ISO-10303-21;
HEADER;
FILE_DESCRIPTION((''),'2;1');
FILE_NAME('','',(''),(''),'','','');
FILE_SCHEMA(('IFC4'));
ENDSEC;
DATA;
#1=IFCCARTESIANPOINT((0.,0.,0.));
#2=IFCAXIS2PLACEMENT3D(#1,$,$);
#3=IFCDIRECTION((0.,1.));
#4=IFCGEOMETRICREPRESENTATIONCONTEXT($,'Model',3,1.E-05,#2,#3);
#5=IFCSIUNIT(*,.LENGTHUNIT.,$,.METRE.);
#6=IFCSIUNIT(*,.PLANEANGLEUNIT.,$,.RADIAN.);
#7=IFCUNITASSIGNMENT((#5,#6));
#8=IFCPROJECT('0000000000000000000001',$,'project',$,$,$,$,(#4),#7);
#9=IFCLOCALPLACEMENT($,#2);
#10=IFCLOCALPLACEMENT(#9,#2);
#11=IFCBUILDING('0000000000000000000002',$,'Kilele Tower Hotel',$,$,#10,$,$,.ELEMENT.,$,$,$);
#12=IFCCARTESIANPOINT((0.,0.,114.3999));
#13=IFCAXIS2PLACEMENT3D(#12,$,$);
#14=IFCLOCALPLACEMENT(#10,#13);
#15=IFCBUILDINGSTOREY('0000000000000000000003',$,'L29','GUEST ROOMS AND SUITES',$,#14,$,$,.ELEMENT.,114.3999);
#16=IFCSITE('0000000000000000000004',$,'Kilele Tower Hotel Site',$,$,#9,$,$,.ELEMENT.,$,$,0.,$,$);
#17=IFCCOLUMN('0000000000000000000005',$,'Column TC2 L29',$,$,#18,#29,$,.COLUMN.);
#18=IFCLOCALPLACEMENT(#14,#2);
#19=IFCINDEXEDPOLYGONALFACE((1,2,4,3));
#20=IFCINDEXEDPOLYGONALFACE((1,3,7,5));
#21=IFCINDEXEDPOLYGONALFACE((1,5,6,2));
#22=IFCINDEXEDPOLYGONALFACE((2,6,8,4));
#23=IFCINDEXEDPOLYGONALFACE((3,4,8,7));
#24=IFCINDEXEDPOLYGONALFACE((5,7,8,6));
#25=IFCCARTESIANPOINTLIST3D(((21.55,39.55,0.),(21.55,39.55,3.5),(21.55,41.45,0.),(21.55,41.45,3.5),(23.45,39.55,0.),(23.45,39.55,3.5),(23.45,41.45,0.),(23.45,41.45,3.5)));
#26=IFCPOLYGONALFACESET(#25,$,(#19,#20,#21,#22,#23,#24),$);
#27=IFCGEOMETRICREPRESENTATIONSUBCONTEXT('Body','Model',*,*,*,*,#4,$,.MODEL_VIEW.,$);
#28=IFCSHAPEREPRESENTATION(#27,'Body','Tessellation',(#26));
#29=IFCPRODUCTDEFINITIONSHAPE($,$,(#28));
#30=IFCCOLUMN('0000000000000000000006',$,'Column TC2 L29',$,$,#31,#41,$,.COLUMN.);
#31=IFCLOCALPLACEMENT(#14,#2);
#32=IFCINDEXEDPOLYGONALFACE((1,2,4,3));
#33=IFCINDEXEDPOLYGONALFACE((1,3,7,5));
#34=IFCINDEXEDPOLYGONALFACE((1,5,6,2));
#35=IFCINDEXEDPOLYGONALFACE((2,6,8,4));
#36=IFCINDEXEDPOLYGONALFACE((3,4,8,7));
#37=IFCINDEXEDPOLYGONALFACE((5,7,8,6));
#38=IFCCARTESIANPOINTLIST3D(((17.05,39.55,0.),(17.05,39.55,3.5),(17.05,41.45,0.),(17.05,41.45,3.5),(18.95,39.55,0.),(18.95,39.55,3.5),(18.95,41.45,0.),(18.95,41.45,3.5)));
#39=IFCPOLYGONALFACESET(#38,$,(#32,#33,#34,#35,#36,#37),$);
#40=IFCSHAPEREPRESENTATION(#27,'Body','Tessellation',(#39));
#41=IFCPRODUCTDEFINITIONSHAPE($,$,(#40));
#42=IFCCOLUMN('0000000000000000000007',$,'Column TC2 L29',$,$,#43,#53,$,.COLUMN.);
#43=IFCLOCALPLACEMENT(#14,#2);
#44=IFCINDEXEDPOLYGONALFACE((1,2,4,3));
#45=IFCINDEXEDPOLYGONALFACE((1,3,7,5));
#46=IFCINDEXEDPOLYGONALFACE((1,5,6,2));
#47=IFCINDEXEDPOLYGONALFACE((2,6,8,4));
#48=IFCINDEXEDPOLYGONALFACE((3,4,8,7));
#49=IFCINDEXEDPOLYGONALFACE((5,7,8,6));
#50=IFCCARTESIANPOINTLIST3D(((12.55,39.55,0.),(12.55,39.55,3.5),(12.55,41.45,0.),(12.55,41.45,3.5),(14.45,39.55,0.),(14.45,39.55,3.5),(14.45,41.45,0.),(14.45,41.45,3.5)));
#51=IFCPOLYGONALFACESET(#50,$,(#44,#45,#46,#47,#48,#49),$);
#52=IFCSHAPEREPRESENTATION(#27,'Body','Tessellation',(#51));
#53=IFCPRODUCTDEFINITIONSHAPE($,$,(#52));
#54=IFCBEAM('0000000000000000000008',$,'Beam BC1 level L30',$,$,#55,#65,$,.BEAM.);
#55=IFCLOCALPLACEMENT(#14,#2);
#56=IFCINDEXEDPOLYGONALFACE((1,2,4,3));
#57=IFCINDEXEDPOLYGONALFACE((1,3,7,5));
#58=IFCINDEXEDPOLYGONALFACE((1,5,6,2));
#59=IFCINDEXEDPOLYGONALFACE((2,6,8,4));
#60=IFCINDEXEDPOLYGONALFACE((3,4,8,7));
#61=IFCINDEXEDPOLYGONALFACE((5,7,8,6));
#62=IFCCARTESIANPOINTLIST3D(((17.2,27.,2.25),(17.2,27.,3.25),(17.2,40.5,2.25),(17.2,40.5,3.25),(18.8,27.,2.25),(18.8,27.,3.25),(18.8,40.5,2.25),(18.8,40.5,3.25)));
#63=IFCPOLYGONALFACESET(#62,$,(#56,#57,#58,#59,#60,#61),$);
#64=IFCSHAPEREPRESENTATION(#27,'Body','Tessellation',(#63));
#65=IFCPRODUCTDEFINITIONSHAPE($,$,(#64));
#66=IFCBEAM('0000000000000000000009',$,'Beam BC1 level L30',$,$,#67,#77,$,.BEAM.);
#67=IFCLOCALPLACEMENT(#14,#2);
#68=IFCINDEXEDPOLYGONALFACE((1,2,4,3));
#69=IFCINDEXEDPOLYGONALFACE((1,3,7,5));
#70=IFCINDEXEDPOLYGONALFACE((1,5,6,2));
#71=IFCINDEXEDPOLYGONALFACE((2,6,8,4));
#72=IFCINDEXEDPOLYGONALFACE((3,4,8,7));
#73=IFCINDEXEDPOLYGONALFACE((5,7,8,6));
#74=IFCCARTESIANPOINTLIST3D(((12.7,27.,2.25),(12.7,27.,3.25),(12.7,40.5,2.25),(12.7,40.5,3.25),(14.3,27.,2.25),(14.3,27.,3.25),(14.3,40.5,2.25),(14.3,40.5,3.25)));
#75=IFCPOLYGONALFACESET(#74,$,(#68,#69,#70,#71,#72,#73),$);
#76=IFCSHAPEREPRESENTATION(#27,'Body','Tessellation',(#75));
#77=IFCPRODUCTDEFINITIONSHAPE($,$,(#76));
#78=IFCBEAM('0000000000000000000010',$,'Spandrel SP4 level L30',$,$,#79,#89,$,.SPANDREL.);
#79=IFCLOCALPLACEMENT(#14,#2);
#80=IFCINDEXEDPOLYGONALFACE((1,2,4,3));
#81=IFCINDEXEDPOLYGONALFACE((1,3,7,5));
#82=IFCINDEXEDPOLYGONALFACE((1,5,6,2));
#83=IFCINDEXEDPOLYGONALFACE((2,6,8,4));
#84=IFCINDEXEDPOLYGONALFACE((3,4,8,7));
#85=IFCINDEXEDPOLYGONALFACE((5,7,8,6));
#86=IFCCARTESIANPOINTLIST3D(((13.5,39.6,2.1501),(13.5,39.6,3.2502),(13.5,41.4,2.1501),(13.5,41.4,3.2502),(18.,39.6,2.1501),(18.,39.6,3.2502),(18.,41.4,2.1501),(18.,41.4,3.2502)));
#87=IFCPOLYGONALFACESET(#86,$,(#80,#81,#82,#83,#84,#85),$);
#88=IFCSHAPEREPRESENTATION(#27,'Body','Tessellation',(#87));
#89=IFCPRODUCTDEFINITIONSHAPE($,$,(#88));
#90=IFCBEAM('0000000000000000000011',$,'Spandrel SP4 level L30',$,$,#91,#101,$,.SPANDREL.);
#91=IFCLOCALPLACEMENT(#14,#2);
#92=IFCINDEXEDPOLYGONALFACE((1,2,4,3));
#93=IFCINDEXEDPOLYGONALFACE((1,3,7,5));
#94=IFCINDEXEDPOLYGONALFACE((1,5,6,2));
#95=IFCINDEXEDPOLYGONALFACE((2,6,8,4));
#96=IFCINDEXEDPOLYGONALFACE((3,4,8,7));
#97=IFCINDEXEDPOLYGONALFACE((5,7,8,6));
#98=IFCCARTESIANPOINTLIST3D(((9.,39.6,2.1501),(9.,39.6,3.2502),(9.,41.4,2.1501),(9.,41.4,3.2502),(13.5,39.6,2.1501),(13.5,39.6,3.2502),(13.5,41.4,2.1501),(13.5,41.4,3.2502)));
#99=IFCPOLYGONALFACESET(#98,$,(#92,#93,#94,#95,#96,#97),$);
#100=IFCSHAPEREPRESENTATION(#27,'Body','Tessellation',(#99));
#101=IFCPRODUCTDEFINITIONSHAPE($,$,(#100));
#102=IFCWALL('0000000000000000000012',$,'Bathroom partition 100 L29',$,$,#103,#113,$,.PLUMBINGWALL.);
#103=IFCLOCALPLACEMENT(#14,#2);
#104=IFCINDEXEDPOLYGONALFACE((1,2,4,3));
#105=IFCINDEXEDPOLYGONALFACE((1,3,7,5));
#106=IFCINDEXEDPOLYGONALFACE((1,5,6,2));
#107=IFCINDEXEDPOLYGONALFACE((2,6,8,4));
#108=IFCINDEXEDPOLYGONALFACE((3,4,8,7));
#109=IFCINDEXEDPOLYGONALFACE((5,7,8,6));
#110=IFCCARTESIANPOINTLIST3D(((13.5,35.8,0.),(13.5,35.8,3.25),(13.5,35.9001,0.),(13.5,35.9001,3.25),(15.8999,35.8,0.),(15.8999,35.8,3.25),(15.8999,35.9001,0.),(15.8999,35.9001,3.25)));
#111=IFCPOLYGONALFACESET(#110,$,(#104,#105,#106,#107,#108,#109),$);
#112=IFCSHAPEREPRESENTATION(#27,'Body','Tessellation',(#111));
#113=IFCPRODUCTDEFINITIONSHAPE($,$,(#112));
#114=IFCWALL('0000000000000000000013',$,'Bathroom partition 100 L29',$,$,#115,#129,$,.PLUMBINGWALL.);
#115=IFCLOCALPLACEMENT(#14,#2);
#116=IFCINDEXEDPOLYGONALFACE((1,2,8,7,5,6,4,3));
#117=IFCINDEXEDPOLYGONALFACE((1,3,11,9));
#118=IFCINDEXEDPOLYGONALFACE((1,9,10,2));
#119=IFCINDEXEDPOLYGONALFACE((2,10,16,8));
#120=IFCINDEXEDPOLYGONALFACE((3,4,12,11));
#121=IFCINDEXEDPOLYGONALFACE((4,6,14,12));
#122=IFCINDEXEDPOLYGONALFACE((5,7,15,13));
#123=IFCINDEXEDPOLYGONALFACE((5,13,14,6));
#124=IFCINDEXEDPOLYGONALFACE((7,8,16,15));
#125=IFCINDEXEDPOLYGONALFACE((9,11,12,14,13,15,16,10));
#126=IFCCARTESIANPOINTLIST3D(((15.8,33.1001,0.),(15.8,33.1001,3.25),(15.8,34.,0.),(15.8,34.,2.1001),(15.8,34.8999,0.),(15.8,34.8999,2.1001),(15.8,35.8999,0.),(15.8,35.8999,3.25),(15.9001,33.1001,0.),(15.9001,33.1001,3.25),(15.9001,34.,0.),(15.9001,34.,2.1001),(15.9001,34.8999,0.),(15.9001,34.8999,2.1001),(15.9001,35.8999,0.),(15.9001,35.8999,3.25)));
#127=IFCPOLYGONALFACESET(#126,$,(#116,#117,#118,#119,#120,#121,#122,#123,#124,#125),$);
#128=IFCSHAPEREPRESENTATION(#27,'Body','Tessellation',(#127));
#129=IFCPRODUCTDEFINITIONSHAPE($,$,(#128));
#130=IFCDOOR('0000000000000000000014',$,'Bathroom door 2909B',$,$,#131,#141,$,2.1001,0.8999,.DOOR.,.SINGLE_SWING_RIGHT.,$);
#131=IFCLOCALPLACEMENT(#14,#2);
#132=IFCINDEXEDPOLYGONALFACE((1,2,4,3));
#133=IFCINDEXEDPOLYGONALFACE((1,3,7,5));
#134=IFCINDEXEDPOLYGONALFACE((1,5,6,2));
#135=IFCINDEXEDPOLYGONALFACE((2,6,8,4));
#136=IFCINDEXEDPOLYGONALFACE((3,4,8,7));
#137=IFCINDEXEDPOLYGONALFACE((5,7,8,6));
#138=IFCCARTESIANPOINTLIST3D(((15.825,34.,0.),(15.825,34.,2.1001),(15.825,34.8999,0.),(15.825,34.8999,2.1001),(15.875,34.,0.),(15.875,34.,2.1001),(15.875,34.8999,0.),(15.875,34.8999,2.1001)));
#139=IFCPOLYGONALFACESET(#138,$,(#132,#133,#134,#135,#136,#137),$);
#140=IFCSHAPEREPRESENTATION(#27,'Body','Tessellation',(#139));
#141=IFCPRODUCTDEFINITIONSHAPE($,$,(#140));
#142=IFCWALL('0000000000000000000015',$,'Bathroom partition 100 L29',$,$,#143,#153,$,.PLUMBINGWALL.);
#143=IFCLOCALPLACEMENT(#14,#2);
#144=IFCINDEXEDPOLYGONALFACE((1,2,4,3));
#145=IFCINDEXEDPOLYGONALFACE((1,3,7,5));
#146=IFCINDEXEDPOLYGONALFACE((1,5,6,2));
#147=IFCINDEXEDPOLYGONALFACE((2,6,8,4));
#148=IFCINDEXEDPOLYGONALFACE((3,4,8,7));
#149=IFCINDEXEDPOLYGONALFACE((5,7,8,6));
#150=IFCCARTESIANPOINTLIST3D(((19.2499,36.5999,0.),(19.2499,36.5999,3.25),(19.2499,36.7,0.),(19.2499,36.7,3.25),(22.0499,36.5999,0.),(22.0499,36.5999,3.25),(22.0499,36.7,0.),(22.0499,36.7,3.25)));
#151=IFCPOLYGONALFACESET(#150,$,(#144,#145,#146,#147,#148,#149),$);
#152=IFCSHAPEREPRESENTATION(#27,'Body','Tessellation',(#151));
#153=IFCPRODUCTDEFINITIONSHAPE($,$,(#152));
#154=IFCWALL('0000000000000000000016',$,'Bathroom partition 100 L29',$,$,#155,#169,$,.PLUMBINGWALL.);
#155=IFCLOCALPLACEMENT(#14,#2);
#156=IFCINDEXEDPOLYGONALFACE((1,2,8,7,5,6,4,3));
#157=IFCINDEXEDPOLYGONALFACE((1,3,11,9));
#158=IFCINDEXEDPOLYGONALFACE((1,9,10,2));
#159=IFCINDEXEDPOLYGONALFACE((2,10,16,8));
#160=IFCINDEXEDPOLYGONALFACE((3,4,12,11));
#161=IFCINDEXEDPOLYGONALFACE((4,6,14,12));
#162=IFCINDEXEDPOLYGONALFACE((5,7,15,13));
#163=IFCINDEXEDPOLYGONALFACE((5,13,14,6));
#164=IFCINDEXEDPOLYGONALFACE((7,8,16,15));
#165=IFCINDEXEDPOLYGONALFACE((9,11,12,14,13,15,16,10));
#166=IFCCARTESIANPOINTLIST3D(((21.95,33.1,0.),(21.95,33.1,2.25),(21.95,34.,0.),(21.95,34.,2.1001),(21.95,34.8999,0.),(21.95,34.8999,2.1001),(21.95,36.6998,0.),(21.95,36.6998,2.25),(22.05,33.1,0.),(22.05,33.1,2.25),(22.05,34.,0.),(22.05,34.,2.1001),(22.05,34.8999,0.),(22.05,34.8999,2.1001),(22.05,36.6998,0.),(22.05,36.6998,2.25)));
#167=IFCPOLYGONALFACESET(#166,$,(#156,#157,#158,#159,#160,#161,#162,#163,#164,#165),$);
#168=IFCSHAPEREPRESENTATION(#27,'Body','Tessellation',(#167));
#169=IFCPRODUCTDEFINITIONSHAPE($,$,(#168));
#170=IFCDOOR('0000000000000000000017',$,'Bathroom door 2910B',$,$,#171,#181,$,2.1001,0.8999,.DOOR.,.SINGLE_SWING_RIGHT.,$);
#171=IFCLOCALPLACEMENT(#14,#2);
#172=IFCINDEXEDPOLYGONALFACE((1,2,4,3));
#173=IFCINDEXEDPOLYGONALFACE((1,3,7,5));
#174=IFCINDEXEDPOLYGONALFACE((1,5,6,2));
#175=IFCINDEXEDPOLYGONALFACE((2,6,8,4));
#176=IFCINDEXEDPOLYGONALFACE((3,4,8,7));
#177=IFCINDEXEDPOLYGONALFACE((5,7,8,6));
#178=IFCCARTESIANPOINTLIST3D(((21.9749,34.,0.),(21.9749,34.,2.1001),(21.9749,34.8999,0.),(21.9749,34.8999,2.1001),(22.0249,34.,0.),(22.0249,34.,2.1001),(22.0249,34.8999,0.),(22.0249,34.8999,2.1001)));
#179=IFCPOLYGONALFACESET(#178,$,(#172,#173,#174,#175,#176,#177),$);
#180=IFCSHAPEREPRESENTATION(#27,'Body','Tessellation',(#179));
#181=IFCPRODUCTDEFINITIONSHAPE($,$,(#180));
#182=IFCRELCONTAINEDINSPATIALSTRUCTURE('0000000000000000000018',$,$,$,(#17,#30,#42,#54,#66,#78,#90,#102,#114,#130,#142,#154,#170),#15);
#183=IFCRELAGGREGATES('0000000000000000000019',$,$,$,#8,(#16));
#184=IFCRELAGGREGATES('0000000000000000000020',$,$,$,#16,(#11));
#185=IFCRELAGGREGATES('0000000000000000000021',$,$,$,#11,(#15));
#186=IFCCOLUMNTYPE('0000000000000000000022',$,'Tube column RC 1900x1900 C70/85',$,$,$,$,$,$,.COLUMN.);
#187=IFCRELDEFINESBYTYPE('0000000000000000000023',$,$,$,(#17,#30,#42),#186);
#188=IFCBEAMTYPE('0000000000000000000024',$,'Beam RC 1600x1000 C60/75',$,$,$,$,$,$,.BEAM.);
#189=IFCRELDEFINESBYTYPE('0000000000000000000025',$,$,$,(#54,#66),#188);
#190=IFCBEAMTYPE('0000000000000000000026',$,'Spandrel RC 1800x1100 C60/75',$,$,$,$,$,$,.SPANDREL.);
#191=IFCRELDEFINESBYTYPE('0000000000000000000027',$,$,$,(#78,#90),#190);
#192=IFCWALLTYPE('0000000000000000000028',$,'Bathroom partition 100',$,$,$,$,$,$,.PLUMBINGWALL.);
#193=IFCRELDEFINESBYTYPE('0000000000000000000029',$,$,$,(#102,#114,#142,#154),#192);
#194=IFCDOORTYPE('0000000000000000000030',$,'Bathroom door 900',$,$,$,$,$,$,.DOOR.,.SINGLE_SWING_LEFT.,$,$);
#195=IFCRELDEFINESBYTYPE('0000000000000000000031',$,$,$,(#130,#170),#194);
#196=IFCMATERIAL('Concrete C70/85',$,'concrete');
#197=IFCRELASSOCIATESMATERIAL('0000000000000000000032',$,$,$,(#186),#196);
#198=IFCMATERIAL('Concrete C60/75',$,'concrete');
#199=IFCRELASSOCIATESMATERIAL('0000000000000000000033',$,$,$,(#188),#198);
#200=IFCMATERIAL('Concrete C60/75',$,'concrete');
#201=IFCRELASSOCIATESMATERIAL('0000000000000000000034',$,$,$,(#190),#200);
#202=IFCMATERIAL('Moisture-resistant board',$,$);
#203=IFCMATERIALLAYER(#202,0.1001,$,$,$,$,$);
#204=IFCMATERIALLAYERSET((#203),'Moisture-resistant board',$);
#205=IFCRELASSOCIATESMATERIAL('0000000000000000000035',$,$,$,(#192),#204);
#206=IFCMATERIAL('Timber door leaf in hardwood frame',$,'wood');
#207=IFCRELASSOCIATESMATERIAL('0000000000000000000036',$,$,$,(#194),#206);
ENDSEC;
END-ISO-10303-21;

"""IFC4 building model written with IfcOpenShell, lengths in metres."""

from ifc_helpers import new_model, si_unit, direction, frame, frame_2d, origin, origin_2d, place, context, subcontext, project, spatial, rectangle, extrude, material, layer, layer_set, material_profile, profile_set, type_object, element, fill, save


model = new_model("IFC4")

# Units and contexts
model_context = context("Model", 3, precision=1e-05, world=origin(), true_north=direction((0.0, 1.0)))
body_context = subcontext(model_context, "Body", "Model", "MODEL_VIEW")
ifc_project = project(units=[si_unit("LENGTHUNIT", "METRE"), si_unit("PLANEANGLEUNIT", "RADIAN")], contexts=[model_context])

# Site, building, storey
site_placement = place(None, origin())
site = spatial("IfcSite", under=ifc_project, at=site_placement, Name="Kilele Tower Hotel Site", CompositionType="ELEMENT", RefElevation=0.0)
building_placement = place(site_placement, origin())
building = spatial("IfcBuilding", under=site, at=building_placement, Name="Kilele Tower Hotel", CompositionType="ELEMENT")
storey_placement = place(building_placement, frame((0.0, 0.0, 114.3999)))
storey = spatial("IfcBuildingStorey", under=building, at=storey_placement, Name="L29", Description="GUEST ROOMS AND SUITES", CompositionType="ELEMENT", Elevation=114.3999)

# Columns
ifc_material_1 = material(Name="Concrete C70/85", Category="concrete")
ifc_material_profile_1 = material_profile(ifc_material_1, rectangle(XDim=1.8999, YDim=1.8999, at=origin_2d()))
ifc_profile_set_1 = profile_set([ifc_material_profile_1], Name="Concrete C70/85")
column_type = type_object("IfcColumnType", Name="Tube column RC 1900x1900 C70/85", PredefinedType="COLUMN", material=ifc_profile_set_1)
for number, where, z_axis, x_axis, name in (
    (1, (22.5, 40.5, 0.0), (0.0, 0.0, 1.0), (1.0, 0.0, 0.0), "Column TC2 L29"),
    (2, (18.0, 40.5, 0.0), (0.0, 0.0, 1.0), (1.0, 0.0, 0.0), "Column TC2 L29"),
    (3, (13.5, 40.5, 0.0), (0.0, 0.0, 1.0), (1.0, 0.0, 0.0), "Column TC2 L29"),
):
    element("IfcColumn", number, at=place(storey_placement, frame(where, z_axis=z_axis, x_axis=x_axis)), inside=storey, type_object=column_type, Name=name, PredefinedType="COLUMN", context=body_context, shape_type="SweptSolid", body=[
        extrude(rectangle(XDim=1.8999, YDim=1.8999, at=origin_2d()), origin(), (0.0, 0.0, 1.0), 3.5),
    ])

# Beams
ifc_material_2 = material(Name="Concrete C60/75", Category="concrete")
ifc_material_profile_2 = material_profile(ifc_material_2, rectangle(XDim=1.6001, YDim=1.0, at=origin_2d()))
ifc_profile_set_2 = profile_set([ifc_material_profile_2], Name="Concrete C60/75")
beam_type_1 = type_object("IfcBeamType", Name="Beam RC 1600x1000 C60/75", PredefinedType="BEAM", material=ifc_profile_set_2)
for number, where, z_axis, x_axis, name in (
    (4, (18.0, 40.5, 2.75), (0.0, -1.0, 0.0), (1.0, 0.0, 0.0), "Beam BC1 level L30"),
    (5, (13.5, 40.5, 2.75), (0.0, -1.0, 0.0), (1.0, 0.0, 0.0), "Beam BC1 level L30"),
):
    element("IfcBeam", number, at=place(storey_placement, frame(where, z_axis=z_axis, x_axis=x_axis)), inside=storey, type_object=beam_type_1, Name=name, PredefinedType="BEAM", context=body_context, shape_type="SweptSolid", body=[
        extrude(rectangle(XDim=1.6001, YDim=1.0, at=origin_2d()), origin(), (0.0, 0.0, 1.0), 13.5),
    ])
ifc_material_3 = material(Name="Concrete C60/75", Category="concrete")
ifc_material_profile_3 = material_profile(ifc_material_3, rectangle(XDim=1.8, YDim=1.1001, at=origin_2d()))
ifc_profile_set_3 = profile_set([ifc_material_profile_3], Name="Concrete C60/75")
beam_type_2 = type_object("IfcBeamType", Name="Spandrel RC 1800x1100 C60/75", PredefinedType="SPANDREL", material=ifc_profile_set_3)
for number, where, z_axis, x_axis, name in (
    (6, (18.0, 40.5, 2.7002), (-1.0, 0.0, 0.0), (0.0, -1.0, 0.0), "Spandrel SP4 level L30"),
    (7, (13.5, 40.5, 2.7002), (-1.0, 0.0, 0.0), (0.0, -1.0, 0.0), "Spandrel SP4 level L30"),
):
    element("IfcBeam", number, at=place(storey_placement, frame(where, z_axis=z_axis, x_axis=x_axis)), inside=storey, type_object=beam_type_2, Name=name, PredefinedType="SPANDREL", context=body_context, shape_type="SweptSolid", body=[
        extrude(rectangle(XDim=1.8, YDim=1.1001, at=origin_2d()), origin(), (0.0, 0.0, 1.0), 4.5),
    ])

# Wall
ifc_material_4 = material(Name="Moisture-resistant board")
ifc_layer_1 = layer(ifc_material_4, 0.1001)
ifc_layer_set_1 = layer_set([ifc_layer_1], Name="Moisture-resistant board")
wall_type_1 = type_object("IfcWallType", Name="Bathroom partition 100", PredefinedType="PLUMBINGWALL", material=ifc_layer_set_1)
wall_1_placement = place(storey_placement, frame((13.5, 35.8501, 0.0), z_axis=(0.0, 0.0, 1.0), x_axis=(1.0, 0.0, 0.0)))
element("IfcWall", 8, at=wall_1_placement, inside=storey, type_object=wall_type_1, Name="Bathroom partition 100 L29", PredefinedType="PLUMBINGWALL", context=body_context, shape_type="SweptSolid", body=[
    extrude(rectangle(XDim=2.3999, YDim=0.1001, at=frame_2d((1.2, 0.0))), origin(), (0.0, 0.0, 1.0), 3.25),
])

# Wall, opening, door
wall_2_placement = place(storey_placement, frame((15.8501, 33.1001, 0.0), z_axis=(0.0, 0.0, 1.0), x_axis=(0.0, 1.0, 0.0)))
wall_2 = element("IfcWall", 9, at=wall_2_placement, inside=storey, type_object=wall_type_1, Name="Bathroom partition 100 L29", PredefinedType="PLUMBINGWALL", context=body_context, shape_type="SweptSolid", body=[
    extrude(rectangle(XDim=2.7998, YDim=0.1001, at=frame_2d((1.3999, 0.0))), origin(), (0.0, 0.0, 1.0), 3.25),
])
opening_1_placement = place(wall_2_placement, frame((1.7998, 0.0, 0.0), z_axis=(0.0, 0.0, 1.0), x_axis=(-1.0, 0.0, 0.0)))
opening_1 = element("IfcOpeningElement", 10, at=opening_1_placement, cuts=wall_2, PredefinedType="OPENING", context=body_context, shape_type="SweptSolid", body=[
    extrude(rectangle(XDim=0.8999, YDim=2.1001, at=frame_2d((0.45, 1.05))), frame((0.0, 0.0601, 0.0), z_axis=(0.0, -1.0, 0.0), x_axis=(1.0, 0.0, 0.0)), (0.0, 0.0, 1.0), 0.1201),
])
ifc_material_5 = material(Name="Timber door leaf in hardwood frame", Category="wood")
door_type_1 = type_object("IfcDoorType", Name="Bathroom door 900", OperationType="SINGLE_SWING_LEFT", PredefinedType="DOOR", material=ifc_material_5)
door_1_placement = place(opening_1_placement, origin())
door_1 = element("IfcDoor", 11, at=door_1_placement, inside=storey, type_object=door_type_1, Name="Bathroom door 2909B", OperationType="SINGLE_SWING_RIGHT", OverallHeight=2.1001, OverallWidth=0.8999, PredefinedType="DOOR", context=body_context, shape_type="SweptSolid", body=[
    extrude(rectangle(XDim=0.8999, YDim=2.1001, at=frame_2d((0.45, 1.05))), frame((0.0, 0.0249, 0.0), z_axis=(0.0, -1.0, 0.0), x_axis=(1.0, 0.0, 0.0)), (0.0, 0.0, 1.0), 0.05),
])
fill(opening_1, door_1)

# Wall
wall_3_placement = place(storey_placement, frame((19.25, 36.6499, 0.0), z_axis=(0.0, 0.0, 1.0), x_axis=(1.0, 0.0, 0.0)))
element("IfcWall", 12, at=wall_3_placement, inside=storey, type_object=wall_type_1, Name="Bathroom partition 100 L29", PredefinedType="PLUMBINGWALL", context=body_context, shape_type="SweptSolid", body=[
    extrude(rectangle(XDim=2.8, YDim=0.1001, at=frame_2d((1.3999, 0.0))), origin(), (0.0, 0.0, 1.0), 3.25),
])

# Wall, opening, door
wall_4_placement = place(storey_placement, frame((22.0, 33.1001, 0.0), z_axis=(0.0, 0.0, 1.0), x_axis=(0.0, 1.0, 0.0)))
wall_4 = element("IfcWall", 13, at=wall_4_placement, inside=storey, type_object=wall_type_1, Name="Bathroom partition 100 L29", PredefinedType="PLUMBINGWALL", context=body_context, shape_type="SweptSolid", body=[
    extrude(rectangle(XDim=3.5999, YDim=0.1001, at=frame_2d((1.7998, 0.0))), origin(), (0.0, 0.0, 1.0), 2.25),
])
opening_2_placement = place(wall_4_placement, frame((1.7998, 0.0, 0.0), z_axis=(0.0, 0.0, 1.0), x_axis=(-1.0, 0.0, 0.0)))
opening_2 = element("IfcOpeningElement", 14, at=opening_2_placement, cuts=wall_4, PredefinedType="OPENING", context=body_context, shape_type="SweptSolid", body=[
    extrude(rectangle(XDim=0.8999, YDim=2.1001, at=frame_2d((0.45, 1.05))), frame((0.0, 0.0601, 0.0), z_axis=(0.0, -1.0, 0.0), x_axis=(1.0, 0.0, 0.0)), (0.0, 0.0, 1.0), 0.1201),
])
door_2_placement = place(opening_2_placement, origin())
door_2 = element("IfcDoor", 15, at=door_2_placement, inside=storey, type_object=door_type_1, Name="Bathroom door 2910B", OperationType="SINGLE_SWING_RIGHT", OverallHeight=2.1001, OverallWidth=0.8999, PredefinedType="DOOR", context=body_context, shape_type="SweptSolid", body=[
    extrude(rectangle(XDim=0.8999, YDim=2.1001, at=frame_2d((0.45, 1.05))), frame((0.0, 0.0249, 0.0), z_axis=(0.0, -1.0, 0.0), x_axis=(1.0, 0.0, 0.0)), (0.0, 0.0, 1.0), 0.05),
])
fill(opening_2, door_2)

save(model, "model.ifc")
